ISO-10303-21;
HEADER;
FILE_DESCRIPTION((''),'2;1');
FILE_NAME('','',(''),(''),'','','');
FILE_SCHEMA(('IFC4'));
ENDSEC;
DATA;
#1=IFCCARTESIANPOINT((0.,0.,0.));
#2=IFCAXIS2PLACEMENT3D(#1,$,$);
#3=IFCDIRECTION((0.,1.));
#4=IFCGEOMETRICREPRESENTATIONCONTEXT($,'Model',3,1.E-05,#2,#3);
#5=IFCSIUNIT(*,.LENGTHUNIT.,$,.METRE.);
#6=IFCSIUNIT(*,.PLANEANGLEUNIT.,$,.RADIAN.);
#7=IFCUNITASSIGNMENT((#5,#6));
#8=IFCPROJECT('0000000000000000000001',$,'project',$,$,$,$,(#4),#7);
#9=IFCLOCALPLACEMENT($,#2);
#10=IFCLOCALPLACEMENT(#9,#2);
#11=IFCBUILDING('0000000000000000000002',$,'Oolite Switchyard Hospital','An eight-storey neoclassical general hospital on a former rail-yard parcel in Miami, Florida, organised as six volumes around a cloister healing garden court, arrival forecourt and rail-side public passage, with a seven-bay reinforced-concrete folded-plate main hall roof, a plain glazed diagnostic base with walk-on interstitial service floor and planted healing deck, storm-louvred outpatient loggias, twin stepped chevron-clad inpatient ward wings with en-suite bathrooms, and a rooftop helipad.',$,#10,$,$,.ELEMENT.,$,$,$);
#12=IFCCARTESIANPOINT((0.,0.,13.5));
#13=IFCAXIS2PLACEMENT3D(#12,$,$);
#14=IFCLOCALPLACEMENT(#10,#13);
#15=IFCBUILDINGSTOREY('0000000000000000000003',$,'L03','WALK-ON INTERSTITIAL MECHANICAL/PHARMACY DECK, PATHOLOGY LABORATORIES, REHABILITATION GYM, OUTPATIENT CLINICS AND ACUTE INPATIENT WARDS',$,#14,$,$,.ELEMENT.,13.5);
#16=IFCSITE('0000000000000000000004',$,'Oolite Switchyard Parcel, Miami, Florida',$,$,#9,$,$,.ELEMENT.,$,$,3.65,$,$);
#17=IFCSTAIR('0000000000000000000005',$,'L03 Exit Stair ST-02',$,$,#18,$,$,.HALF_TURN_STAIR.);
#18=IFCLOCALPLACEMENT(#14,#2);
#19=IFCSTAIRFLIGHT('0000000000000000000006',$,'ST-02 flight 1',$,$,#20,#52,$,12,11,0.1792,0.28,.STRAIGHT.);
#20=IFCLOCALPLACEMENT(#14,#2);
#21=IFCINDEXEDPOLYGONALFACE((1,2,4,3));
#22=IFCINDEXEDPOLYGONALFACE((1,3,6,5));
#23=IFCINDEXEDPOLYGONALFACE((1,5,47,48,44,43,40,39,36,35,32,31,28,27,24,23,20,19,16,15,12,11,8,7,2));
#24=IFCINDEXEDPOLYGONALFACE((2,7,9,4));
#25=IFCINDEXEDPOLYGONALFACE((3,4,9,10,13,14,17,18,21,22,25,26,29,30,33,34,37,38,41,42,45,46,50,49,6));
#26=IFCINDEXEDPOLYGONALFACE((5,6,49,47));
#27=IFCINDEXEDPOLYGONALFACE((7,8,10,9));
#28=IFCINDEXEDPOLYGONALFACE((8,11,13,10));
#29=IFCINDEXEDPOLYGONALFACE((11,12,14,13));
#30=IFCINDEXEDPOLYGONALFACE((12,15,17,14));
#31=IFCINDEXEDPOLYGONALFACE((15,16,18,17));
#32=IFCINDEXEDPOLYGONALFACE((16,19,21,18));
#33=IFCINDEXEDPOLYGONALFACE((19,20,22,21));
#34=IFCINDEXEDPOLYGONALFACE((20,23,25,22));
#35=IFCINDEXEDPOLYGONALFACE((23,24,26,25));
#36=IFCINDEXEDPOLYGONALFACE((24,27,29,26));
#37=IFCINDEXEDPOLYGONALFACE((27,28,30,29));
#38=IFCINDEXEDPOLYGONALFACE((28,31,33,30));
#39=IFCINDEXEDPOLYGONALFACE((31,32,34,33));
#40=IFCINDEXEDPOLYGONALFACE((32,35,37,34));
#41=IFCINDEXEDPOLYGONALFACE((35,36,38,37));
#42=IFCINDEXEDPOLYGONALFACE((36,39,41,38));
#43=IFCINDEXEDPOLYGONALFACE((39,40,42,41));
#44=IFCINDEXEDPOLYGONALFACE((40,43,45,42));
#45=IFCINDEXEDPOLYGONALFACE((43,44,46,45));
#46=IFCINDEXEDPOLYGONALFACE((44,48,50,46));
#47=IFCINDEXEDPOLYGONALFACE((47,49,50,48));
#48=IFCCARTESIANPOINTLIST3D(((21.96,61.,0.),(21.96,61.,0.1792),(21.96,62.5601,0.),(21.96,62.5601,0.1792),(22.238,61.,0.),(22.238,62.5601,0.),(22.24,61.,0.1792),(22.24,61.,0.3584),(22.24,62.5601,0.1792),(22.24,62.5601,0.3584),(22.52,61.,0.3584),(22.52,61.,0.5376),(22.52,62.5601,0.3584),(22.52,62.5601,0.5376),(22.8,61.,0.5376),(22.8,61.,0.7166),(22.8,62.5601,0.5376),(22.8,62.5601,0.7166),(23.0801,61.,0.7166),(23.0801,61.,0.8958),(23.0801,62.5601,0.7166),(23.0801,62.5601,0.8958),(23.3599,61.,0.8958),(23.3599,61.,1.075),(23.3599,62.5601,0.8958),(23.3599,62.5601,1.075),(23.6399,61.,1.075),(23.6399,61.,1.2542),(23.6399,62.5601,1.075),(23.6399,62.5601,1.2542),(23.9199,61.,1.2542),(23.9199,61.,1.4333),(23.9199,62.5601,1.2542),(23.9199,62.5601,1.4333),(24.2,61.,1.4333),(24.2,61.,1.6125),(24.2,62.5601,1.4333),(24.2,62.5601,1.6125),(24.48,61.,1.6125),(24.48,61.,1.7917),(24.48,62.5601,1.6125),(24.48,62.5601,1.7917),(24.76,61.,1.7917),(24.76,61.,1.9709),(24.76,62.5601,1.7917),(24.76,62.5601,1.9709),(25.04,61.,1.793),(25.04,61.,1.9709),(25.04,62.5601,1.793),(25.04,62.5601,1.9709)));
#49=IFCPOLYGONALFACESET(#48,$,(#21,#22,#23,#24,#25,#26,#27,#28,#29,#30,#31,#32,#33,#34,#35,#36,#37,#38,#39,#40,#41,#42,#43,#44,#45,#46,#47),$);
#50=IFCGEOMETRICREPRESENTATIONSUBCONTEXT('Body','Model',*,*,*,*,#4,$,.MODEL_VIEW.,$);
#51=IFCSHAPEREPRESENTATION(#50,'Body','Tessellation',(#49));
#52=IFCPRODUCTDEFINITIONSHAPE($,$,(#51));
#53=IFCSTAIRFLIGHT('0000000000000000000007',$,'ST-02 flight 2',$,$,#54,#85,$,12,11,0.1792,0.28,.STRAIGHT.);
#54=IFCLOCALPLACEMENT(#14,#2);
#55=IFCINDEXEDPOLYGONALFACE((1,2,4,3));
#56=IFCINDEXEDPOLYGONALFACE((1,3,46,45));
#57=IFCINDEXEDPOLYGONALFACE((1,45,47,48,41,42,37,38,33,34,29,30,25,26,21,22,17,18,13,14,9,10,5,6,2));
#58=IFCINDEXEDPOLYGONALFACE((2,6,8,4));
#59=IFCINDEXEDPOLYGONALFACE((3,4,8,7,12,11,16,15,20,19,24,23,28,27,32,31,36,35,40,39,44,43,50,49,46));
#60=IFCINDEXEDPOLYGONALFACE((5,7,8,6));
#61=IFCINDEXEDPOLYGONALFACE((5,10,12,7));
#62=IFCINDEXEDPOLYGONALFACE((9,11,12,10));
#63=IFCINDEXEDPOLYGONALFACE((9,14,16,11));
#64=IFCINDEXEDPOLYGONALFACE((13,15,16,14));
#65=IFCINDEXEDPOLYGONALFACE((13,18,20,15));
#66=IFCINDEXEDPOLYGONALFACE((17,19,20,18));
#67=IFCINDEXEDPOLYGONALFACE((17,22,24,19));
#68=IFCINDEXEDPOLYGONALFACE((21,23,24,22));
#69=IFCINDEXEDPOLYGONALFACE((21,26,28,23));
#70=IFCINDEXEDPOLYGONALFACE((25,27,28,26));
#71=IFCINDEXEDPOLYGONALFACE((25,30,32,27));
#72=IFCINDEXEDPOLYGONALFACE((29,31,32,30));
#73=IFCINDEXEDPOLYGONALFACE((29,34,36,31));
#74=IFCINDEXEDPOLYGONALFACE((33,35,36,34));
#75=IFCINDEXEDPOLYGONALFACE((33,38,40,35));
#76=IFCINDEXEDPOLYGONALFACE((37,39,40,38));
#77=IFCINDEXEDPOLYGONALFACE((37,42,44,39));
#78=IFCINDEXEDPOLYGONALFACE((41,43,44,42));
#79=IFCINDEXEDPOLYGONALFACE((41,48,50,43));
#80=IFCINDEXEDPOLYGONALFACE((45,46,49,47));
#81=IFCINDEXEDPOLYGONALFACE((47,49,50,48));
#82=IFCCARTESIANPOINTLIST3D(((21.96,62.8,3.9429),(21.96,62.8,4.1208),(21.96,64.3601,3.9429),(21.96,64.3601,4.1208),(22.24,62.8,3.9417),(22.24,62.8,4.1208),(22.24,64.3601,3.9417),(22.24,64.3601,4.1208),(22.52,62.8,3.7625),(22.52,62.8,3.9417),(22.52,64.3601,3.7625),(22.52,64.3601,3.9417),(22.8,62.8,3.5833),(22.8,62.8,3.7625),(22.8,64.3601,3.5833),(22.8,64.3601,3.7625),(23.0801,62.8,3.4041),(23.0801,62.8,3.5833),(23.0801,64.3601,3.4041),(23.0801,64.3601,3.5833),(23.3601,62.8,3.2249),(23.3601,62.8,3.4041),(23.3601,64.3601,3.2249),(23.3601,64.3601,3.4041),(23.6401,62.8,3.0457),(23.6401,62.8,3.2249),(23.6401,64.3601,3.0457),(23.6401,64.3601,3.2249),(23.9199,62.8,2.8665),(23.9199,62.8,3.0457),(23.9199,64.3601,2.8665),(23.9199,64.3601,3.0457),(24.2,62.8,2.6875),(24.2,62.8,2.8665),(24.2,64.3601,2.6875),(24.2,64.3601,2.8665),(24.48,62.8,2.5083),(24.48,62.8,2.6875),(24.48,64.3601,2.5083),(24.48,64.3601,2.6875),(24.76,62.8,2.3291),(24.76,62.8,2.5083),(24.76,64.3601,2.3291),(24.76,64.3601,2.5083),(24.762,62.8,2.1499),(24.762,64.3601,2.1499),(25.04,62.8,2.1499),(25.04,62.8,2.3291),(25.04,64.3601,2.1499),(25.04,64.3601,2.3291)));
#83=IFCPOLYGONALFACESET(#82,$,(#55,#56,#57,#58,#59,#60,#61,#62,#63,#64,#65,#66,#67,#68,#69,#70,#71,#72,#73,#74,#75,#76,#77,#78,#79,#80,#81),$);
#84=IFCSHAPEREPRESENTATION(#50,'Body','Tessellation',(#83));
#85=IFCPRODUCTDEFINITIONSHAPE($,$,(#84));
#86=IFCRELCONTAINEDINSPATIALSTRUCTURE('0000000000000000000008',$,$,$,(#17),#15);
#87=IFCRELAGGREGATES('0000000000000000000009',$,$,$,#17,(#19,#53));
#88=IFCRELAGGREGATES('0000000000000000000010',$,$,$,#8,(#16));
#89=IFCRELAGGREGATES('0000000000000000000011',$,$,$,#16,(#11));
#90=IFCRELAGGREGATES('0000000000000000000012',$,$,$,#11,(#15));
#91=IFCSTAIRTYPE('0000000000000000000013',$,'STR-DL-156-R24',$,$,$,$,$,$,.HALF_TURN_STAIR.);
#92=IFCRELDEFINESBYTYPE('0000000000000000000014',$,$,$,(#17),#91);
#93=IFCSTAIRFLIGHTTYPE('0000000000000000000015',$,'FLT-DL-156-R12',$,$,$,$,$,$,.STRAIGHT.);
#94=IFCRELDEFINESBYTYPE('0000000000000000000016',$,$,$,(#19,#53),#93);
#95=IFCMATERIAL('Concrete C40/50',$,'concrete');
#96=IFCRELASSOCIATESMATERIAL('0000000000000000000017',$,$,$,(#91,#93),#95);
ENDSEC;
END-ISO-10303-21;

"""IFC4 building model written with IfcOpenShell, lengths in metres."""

from ifc_helpers import new_model, si_unit, direction, frame, origin, place, context, subcontext, project, spatial, polyline, outline, extrude, material, type_object, element, aggregate, save


model = new_model("IFC4")

# Units and contexts
model_context = context("Model", 3, precision=1e-05, world=origin(), true_north=direction((0.0, 1.0)))
body_context = subcontext(model_context, "Body", "Model", "MODEL_VIEW")
ifc_project = project(units=[si_unit("LENGTHUNIT", "METRE"), si_unit("PLANEANGLEUNIT", "RADIAN")], contexts=[model_context])

# Site, building, storey
site_placement = place(None, origin())
site = spatial("IfcSite", under=ifc_project, at=site_placement, Name="Oolite Switchyard Parcel, Miami, Florida", CompositionType="ELEMENT", RefElevation=3.65)
building_placement = place(site_placement, origin())
building = spatial("IfcBuilding", under=site, at=building_placement, Name="Oolite Switchyard Hospital", Description="An eight-storey neoclassical general hospital on a former rail-yard parcel in Miami, Florida, organised as six volumes around a cloister healing garden court, arrival forecourt and rail-side public passage, with a seven-bay reinforced-concrete folded-plate main hall roof, a plain glazed diagnostic base with walk-on interstitial service floor and planted healing deck, storm-louvred outpatient loggias, twin stepped chevron-clad inpatient ward wings with en-suite bathrooms, and a rooftop helipad.", CompositionType="ELEMENT")
storey_placement = place(building_placement, frame((0.0, 0.0, 13.5)))
storey = spatial("IfcBuildingStorey", under=building, at=storey_placement, Name="L03", Description="WALK-ON INTERSTITIAL MECHANICAL/PHARMACY DECK, PATHOLOGY LABORATORIES, REHABILITATION GYM, OUTPATIENT CLINICS AND ACUTE INPATIENT WARDS", CompositionType="ELEMENT", Elevation=13.5)

# Shared definitions
ifc_material_1 = material(Name="Concrete C40/50", Category="concrete")

# Stair, stair flights
stair_type = type_object("IfcStairType", Name="STR-DL-156-R24", PredefinedType="HALF_TURN_STAIR", material=ifc_material_1)
stair_placement = place(storey_placement, origin())
stair = element("IfcStair", 1, at=stair_placement, inside=storey, type_object=stair_type, Name="L03 Exit Stair ST-02", PredefinedType="HALF_TURN_STAIR")
stair_flight_type = type_object("IfcStairFlightType", Name="FLT-DL-156-R12", PredefinedType="STRAIGHT", material=ifc_material_1)
stair_flight_1_placement = place(storey_placement, frame((21.96, 61.78, 0.0), z_axis=(0.0, 0.0, 1.0), x_axis=(1.0, 0.0, 0.0)))
stair_flight_1 = element("IfcStairFlight", 2, at=stair_flight_1_placement, type_object=stair_flight_type, Name="ST-02 flight 1", NumberOfRisers=12, NumberOfTreads=11, PredefinedType="STRAIGHT", RiserHeight=0.1792, TreadLength=0.28, context=body_context, shape_type="SweptSolid", body=[
    extrude(outline(polyline([(0.0, 0.0), (0.0, 0.1792), (0.28, 0.1792), (0.28, 0.3584), (0.5601, 0.3584), (0.5601, 0.5376), (0.8401, 0.5376), (0.8401, 0.7166), (1.1201, 0.7166), (1.1201, 0.8958), (1.3999, 0.8958), (1.3999, 1.075), (1.6799, 1.075), (1.6799, 1.2542), (1.96, 1.2542), (1.96, 1.4333), (2.24, 1.4333), (2.24, 1.6125), (2.52, 1.6125), (2.52, 1.7917), (2.8, 1.7917), (2.8, 1.9709), (3.0801, 1.9709), (3.0801, 2.1499), (3.0801, 1.793), (0.2781, 0.0), (0.0, 0.0)])), frame((0.0, 0.78, 0.0), z_axis=(0.0, -1.0, 0.0), x_axis=(1.0, 0.0, 0.0)), (0.0, 0.0, 1.0), 1.5601),
])
stair_flight_2_placement = place(storey_placement, frame((25.04, 63.5801, 2.1499), z_axis=(0.0, 0.0, 1.0), x_axis=(-1.0, 0.0, 0.0)))
stair_flight_2 = element("IfcStairFlight", 3, at=stair_flight_2_placement, type_object=stair_flight_type, Name="ST-02 flight 2", NumberOfRisers=12, NumberOfTreads=11, PredefinedType="STRAIGHT", RiserHeight=0.1792, TreadLength=0.28, context=body_context, shape_type="SweptSolid", body=[
    extrude(outline(polyline([(0.0, 0.0), (0.0, 0.1792), (0.28, 0.1792), (0.28, 0.3584), (0.5601, 0.3584), (0.5601, 0.5376), (0.8401, 0.5376), (0.8401, 0.7166), (1.1201, 0.7166), (1.1201, 0.8958), (1.3999, 0.8958), (1.3999, 1.075), (1.6799, 1.075), (1.6799, 1.2542), (1.96, 1.2542), (1.96, 1.4333), (2.24, 1.4333), (2.24, 1.6125), (2.52, 1.6125), (2.52, 1.7917), (2.8, 1.7917), (2.8, 1.9709), (3.0801, 1.9709), (3.0801, 2.1499), (3.0801, 1.793), (0.2781, 0.0), (0.0, 0.0)])), frame((0.0, 0.78, 0.0), z_axis=(0.0, -1.0, 0.0), x_axis=(1.0, 0.0, 0.0)), (0.0, 0.0, 1.0), 1.5601),
])
aggregate(stair, [stair_flight_1, stair_flight_2])

save(model, "model.ifc")
